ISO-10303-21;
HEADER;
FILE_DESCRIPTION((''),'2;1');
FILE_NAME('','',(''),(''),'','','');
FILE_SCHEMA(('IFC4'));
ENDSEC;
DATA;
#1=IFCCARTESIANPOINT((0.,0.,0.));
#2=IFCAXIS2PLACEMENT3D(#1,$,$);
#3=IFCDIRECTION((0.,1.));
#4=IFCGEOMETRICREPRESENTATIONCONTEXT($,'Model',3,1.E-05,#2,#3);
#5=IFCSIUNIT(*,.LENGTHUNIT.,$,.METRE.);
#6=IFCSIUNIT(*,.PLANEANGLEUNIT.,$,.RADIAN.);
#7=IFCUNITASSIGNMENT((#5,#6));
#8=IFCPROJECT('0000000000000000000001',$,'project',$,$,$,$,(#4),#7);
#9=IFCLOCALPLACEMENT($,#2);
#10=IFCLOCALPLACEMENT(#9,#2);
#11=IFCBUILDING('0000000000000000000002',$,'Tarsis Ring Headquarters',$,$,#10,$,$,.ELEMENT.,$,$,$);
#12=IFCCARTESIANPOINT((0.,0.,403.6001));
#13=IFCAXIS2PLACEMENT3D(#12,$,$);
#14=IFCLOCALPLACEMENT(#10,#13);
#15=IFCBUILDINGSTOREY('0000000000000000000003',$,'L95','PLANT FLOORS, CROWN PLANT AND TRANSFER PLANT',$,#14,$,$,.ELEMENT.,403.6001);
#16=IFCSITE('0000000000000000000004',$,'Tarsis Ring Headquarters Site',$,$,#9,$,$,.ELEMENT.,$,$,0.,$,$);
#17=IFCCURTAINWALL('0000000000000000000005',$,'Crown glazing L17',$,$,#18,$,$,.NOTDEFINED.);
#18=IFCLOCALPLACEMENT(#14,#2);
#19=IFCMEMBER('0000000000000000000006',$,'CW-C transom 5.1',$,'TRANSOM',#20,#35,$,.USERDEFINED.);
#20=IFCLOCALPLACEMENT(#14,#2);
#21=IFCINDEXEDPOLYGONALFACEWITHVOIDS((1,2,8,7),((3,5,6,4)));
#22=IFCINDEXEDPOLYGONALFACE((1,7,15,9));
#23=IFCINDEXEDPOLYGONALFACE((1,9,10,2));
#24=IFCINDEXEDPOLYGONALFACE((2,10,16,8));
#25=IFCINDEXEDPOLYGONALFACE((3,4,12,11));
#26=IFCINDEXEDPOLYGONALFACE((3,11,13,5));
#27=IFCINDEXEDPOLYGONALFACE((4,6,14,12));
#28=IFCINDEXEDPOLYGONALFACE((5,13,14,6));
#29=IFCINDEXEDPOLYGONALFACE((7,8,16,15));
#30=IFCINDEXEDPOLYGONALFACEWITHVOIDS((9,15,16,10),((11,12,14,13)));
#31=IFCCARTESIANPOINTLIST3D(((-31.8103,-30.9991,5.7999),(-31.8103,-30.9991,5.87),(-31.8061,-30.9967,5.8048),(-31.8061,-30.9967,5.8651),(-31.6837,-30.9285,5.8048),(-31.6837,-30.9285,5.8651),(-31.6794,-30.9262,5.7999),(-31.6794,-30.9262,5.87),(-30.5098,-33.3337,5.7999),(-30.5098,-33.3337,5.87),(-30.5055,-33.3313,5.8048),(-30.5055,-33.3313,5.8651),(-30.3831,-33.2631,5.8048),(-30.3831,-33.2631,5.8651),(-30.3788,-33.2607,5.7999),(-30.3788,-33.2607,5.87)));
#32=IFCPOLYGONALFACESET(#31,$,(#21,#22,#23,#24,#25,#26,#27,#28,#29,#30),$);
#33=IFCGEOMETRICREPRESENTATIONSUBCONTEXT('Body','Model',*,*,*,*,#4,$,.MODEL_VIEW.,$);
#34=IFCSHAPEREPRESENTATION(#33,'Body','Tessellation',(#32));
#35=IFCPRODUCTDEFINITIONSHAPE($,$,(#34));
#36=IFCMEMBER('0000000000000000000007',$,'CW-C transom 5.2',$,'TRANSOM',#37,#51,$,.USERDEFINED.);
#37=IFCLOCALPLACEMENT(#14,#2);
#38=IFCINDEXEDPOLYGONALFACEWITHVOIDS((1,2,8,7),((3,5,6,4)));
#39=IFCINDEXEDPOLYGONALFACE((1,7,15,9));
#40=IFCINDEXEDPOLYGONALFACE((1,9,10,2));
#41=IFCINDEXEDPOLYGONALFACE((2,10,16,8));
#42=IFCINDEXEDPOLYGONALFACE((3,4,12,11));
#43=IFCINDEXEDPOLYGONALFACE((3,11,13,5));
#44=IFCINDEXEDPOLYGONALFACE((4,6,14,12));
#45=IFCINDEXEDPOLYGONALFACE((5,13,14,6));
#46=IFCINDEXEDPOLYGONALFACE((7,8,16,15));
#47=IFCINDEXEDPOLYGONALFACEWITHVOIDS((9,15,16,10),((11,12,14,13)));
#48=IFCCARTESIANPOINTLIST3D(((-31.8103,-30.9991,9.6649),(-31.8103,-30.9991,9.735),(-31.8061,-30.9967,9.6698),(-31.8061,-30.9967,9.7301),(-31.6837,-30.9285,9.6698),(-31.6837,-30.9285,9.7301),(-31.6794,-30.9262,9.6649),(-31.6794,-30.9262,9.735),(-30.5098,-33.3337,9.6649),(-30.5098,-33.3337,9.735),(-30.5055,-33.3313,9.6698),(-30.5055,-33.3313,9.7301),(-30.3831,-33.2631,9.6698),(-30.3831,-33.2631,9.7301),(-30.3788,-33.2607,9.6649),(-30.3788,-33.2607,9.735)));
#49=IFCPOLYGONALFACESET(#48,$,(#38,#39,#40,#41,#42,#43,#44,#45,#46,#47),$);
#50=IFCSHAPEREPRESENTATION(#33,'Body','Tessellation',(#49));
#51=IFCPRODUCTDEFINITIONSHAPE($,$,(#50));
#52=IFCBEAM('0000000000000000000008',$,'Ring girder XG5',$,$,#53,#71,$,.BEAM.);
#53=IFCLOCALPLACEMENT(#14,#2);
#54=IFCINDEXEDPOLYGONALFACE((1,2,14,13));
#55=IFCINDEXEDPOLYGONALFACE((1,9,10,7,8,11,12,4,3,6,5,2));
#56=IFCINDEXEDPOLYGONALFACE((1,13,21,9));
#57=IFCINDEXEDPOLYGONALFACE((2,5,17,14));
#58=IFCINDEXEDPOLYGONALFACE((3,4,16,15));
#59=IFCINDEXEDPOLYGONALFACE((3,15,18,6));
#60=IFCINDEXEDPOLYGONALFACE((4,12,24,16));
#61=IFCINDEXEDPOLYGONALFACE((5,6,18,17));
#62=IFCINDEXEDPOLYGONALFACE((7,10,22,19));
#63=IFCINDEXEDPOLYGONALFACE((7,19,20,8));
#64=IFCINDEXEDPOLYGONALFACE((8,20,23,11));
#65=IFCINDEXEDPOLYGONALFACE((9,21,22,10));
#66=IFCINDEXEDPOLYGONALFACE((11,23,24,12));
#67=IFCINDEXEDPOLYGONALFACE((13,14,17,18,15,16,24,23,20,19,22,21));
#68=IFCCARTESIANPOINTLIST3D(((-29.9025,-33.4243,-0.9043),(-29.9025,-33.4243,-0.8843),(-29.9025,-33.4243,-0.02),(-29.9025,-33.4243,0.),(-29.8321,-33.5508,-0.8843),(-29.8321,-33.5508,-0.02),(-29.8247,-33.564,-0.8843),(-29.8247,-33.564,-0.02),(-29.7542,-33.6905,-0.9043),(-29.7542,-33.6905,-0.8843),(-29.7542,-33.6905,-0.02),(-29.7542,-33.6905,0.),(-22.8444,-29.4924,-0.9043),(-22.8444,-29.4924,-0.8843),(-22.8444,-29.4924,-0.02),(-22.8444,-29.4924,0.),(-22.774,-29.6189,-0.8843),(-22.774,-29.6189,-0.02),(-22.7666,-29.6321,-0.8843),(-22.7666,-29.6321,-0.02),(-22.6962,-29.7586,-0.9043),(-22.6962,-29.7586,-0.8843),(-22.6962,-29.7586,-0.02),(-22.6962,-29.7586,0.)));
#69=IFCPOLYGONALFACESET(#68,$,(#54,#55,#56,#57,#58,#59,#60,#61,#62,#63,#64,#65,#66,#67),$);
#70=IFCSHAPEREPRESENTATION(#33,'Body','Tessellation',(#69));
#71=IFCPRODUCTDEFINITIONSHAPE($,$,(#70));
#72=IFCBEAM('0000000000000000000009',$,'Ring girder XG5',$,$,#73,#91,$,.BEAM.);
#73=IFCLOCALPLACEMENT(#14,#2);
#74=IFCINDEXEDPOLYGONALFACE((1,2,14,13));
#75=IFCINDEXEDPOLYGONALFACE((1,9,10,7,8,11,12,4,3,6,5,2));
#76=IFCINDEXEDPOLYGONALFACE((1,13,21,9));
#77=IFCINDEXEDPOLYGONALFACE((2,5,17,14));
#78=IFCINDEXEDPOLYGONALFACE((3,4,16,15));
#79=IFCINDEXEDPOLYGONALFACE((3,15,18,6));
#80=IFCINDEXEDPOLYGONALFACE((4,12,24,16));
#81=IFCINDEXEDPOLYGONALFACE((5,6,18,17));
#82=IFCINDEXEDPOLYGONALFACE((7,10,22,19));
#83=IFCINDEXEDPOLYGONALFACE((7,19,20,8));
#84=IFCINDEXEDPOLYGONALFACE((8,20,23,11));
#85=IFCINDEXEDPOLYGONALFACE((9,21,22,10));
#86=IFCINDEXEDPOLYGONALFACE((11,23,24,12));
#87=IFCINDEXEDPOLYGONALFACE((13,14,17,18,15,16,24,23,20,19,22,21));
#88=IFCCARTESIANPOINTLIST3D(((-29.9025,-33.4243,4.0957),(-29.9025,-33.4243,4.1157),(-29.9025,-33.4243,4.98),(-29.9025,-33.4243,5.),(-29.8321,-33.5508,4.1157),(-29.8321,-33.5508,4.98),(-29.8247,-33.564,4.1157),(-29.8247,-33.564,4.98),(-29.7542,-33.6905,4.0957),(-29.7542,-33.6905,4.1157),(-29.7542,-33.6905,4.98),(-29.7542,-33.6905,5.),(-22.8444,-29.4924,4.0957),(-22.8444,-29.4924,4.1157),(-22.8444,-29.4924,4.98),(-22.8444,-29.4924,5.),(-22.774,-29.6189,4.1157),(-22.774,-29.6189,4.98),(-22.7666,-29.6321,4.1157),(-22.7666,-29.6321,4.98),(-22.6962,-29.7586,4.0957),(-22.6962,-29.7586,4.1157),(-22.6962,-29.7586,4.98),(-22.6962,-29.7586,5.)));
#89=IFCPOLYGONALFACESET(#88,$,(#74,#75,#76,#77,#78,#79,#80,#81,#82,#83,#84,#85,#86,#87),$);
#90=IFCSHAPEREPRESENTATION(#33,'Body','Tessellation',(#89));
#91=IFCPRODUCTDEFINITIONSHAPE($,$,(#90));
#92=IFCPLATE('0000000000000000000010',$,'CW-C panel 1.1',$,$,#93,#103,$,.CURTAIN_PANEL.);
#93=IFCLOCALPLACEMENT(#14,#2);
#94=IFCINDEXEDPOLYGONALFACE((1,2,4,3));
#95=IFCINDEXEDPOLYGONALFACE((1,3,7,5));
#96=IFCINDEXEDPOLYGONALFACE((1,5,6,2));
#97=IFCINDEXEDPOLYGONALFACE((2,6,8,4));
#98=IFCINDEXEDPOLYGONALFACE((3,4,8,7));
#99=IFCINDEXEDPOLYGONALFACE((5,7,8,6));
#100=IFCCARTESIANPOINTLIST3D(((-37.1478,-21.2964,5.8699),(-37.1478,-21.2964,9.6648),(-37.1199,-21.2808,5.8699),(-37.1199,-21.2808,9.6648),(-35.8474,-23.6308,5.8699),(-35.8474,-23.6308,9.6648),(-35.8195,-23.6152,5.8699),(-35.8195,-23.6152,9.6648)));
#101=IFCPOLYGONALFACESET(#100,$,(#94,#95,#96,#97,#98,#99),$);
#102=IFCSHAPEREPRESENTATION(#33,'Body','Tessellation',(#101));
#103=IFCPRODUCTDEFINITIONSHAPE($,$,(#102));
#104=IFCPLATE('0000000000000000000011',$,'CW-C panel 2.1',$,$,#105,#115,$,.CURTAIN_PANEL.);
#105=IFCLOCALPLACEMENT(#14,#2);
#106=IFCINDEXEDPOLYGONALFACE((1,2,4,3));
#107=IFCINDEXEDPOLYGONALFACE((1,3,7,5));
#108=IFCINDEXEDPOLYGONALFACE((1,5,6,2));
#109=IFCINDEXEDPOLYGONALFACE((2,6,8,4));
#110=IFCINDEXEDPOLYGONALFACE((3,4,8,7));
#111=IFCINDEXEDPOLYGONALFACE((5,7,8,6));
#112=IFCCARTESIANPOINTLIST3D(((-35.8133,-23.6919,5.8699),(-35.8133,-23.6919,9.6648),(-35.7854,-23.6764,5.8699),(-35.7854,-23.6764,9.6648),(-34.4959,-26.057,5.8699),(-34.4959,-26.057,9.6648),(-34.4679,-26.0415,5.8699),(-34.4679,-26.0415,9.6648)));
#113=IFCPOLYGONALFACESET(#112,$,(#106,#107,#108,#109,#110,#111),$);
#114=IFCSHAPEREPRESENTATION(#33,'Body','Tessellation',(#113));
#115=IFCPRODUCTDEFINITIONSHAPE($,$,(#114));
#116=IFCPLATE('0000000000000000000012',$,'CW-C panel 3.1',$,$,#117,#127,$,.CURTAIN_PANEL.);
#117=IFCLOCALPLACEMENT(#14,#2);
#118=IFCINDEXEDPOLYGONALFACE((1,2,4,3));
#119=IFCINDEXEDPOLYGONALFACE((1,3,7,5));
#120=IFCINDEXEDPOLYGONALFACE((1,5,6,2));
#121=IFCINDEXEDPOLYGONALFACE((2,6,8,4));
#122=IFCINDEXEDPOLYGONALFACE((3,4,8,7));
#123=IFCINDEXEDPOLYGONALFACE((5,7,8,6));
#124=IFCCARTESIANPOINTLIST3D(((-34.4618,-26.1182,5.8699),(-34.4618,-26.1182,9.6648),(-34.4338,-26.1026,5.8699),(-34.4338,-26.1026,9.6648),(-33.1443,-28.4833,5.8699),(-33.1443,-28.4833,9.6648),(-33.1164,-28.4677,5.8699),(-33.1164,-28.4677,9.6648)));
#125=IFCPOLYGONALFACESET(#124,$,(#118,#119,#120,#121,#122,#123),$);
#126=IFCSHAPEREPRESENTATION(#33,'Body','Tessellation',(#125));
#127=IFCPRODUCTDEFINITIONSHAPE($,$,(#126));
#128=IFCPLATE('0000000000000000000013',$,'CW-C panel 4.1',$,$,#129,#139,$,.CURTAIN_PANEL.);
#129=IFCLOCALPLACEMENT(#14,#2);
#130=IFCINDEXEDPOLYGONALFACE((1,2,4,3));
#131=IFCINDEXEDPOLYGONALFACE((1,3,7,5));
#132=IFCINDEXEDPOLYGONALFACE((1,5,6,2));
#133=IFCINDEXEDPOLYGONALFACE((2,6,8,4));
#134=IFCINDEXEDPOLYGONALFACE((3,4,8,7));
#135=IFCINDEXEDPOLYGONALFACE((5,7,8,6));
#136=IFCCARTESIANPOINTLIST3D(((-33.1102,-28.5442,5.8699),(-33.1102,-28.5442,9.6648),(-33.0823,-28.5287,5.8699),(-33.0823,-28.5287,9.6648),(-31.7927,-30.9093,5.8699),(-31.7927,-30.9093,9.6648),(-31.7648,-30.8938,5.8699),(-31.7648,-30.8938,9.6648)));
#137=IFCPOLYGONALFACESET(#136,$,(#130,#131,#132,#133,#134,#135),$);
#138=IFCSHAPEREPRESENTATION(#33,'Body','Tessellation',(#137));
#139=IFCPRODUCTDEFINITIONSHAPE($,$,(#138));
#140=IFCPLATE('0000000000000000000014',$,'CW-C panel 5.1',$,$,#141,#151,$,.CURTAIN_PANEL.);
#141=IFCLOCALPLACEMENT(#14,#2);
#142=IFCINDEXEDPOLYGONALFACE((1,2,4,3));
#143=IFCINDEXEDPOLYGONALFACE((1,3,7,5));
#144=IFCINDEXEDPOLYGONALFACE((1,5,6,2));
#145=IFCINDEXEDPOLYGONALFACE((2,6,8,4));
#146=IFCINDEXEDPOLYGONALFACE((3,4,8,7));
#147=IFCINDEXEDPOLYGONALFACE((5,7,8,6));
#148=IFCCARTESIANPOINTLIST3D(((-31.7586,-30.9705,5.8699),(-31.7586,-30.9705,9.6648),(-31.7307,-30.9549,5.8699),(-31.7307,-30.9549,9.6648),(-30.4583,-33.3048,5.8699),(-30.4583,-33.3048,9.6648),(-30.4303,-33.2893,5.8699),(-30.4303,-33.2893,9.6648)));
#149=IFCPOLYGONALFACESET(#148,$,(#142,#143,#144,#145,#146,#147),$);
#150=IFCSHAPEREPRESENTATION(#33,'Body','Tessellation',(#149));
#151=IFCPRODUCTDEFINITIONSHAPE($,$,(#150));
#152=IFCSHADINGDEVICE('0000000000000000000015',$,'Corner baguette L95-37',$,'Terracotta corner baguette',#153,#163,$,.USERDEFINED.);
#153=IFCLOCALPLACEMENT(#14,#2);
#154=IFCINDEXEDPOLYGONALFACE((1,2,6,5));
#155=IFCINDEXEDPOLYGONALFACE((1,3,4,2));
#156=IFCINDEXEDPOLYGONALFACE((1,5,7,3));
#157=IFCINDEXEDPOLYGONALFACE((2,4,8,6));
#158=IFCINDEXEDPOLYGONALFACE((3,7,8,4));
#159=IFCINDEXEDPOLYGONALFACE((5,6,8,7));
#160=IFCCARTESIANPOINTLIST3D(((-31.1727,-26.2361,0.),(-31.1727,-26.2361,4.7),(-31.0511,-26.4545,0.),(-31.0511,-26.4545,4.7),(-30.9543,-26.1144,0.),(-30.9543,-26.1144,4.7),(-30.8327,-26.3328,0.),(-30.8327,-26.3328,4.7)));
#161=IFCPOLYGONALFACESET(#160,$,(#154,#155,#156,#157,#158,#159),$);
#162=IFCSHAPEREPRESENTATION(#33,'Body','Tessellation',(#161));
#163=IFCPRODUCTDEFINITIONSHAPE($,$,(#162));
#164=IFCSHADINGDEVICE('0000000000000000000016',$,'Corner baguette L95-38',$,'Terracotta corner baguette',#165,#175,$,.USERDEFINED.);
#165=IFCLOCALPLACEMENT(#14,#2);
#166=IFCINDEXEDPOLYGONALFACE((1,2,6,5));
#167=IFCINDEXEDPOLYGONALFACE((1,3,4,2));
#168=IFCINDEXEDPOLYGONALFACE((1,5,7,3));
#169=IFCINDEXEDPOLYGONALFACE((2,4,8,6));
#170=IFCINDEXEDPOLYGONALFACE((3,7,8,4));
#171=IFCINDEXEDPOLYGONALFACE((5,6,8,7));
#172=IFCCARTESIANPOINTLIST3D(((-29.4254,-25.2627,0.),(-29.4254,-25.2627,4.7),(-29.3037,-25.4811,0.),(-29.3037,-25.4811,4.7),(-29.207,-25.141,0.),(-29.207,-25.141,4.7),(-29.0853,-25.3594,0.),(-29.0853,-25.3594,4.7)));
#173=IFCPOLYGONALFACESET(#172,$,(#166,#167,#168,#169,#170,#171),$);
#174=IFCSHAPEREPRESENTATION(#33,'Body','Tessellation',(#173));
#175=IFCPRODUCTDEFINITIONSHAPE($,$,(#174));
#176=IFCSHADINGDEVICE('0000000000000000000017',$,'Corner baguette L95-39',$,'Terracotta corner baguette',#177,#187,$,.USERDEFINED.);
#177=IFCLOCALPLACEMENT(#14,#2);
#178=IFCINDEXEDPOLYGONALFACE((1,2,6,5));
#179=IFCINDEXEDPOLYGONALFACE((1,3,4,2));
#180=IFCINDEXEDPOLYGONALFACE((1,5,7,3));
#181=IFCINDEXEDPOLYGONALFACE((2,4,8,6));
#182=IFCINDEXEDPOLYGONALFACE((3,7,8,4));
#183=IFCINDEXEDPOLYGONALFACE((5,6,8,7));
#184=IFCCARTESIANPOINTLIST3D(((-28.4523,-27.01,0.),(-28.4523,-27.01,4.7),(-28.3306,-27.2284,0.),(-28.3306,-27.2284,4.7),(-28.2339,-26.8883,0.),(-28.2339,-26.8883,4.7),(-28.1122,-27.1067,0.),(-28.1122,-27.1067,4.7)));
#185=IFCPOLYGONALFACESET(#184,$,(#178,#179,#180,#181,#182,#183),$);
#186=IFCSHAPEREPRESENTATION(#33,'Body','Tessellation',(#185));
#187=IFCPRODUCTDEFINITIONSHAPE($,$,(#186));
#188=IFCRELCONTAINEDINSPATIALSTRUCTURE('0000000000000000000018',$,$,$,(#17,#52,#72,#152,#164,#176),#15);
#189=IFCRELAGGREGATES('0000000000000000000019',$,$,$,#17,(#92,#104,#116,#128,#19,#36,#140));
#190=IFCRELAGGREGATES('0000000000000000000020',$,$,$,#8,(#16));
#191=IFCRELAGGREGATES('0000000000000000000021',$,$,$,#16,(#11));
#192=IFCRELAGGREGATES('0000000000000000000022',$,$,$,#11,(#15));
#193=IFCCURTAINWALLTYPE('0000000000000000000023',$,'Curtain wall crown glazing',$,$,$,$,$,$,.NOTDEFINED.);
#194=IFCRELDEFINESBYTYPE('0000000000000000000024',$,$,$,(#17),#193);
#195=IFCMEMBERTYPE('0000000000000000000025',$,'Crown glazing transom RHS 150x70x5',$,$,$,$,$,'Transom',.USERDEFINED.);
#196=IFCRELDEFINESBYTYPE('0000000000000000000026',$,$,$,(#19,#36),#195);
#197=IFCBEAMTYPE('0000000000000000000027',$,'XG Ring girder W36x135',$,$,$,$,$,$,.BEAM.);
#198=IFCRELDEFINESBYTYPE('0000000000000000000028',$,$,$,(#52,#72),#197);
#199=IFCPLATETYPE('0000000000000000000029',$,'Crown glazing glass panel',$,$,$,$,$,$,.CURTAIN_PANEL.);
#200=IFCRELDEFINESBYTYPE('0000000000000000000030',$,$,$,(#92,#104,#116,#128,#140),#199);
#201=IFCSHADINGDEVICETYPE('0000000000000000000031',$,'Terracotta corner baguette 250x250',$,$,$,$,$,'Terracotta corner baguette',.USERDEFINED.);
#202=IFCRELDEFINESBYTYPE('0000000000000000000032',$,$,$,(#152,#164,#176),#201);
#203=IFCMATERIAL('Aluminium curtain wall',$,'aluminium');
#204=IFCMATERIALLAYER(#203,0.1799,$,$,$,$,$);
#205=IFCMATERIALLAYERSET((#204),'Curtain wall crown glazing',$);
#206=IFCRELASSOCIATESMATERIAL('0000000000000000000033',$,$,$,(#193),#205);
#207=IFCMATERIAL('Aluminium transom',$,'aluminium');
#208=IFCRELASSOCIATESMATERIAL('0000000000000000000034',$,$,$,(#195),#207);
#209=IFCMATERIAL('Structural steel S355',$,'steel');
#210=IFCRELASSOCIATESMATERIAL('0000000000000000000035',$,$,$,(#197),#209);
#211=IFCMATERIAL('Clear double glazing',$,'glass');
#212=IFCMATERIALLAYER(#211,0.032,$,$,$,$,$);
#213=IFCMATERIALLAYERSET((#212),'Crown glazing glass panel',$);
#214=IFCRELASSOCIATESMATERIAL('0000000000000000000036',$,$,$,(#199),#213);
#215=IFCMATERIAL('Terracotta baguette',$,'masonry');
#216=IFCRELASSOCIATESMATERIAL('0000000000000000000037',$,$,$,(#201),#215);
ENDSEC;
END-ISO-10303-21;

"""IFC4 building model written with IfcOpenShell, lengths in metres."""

from ifc_helpers import new_model, si_unit, direction, frame, origin, origin_2d, place, context, subcontext, project, spatial, rectangle, hollow_rectangle, i_section, extrude, material, layer, layer_set, material_profile, profile_set, type_object, element, aggregate, save


model = new_model("IFC4")

# Units and contexts
model_context = context("Model", 3, precision=1e-05, world=origin(), true_north=direction((0.0, 1.0)))
body_context = subcontext(model_context, "Body", "Model", "MODEL_VIEW")
ifc_project = project(units=[si_unit("LENGTHUNIT", "METRE"), si_unit("PLANEANGLEUNIT", "RADIAN")], contexts=[model_context])

# Site, building, storey
site_placement = place(None, origin())
site = spatial("IfcSite", under=ifc_project, at=site_placement, Name="Tarsis Ring Headquarters Site", CompositionType="ELEMENT", RefElevation=0.0)
building_placement = place(site_placement, origin())
building = spatial("IfcBuilding", under=site, at=building_placement, Name="Tarsis Ring Headquarters", CompositionType="ELEMENT")
storey_placement = place(building_placement, frame((0.0, 0.0, 403.6001)))
storey = spatial("IfcBuildingStorey", under=building, at=storey_placement, Name="L95", Description="PLANT FLOORS, CROWN PLANT AND TRANSFER PLANT", CompositionType="ELEMENT", Elevation=403.6001)

# Shared definitions
ifc_material_1 = material(Name="Structural steel S355", Category="steel")

# Curtain wall, members
ifc_material_2 = material(Name="Aluminium curtain wall", Category="aluminium")
ifc_layer_1 = layer(ifc_material_2, 0.1799)
ifc_layer_set_1 = layer_set([ifc_layer_1], Name="Curtain wall crown glazing")
curtain_wall_type = type_object("IfcCurtainWallType", Name="Curtain wall crown glazing", PredefinedType="NOTDEFINED", material=ifc_layer_set_1)
curtain_wall_placement = place(storey_placement, origin())
curtain_wall = element("IfcCurtainWall", 1, at=curtain_wall_placement, inside=storey, type_object=curtain_wall_type, Name="Crown glazing L17", PredefinedType="NOTDEFINED")
ifc_material_3 = material(Name="Aluminium transom", Category="aluminium")
ifc_material_profile_1 = material_profile(ifc_material_3, hollow_rectangle(XDim=0.1499, YDim=0.0701, WallThickness=0.0049, at=origin_2d()), Name="RHS 150x70x5")
ifc_profile_set_1 = profile_set([ifc_material_profile_1], Name="Aluminium transom")
member_type_1 = type_object("IfcMemberType", Name="Crown glazing transom RHS 150x70x5", ElementType="Transom", PredefinedType="USERDEFINED", material=ifc_profile_set_1)
member_1_placement = place(storey_placement, frame((-31.7449, -30.9626, 5.835), z_axis=(0.486674, -0.873584, 0.0), x_axis=(0.873584, 0.486674, 0.0)))
member_1 = element("IfcMember", 2, at=member_1_placement, type_object=member_type_1, Name="CW-C transom 5.1", ObjectType="TRANSOM", PredefinedType="USERDEFINED", context=body_context, shape_type="SweptSolid", body=[
    extrude(hollow_rectangle(XDim=0.1499, YDim=0.0701, WallThickness=0.0049, at=origin_2d()), origin(), (0.0, 0.0, 1.0), 2.6724),
])
member_2_placement = place(storey_placement, frame((-31.7449, -30.9626, 9.7), z_axis=(0.486674, -0.873584, 0.0), x_axis=(0.873584, 0.486674, 0.0)))
member_2 = element("IfcMember", 3, at=member_2_placement, type_object=member_type_1, Name="CW-C transom 5.2", ObjectType="TRANSOM", PredefinedType="USERDEFINED", context=body_context, shape_type="SweptSolid", body=[
    extrude(hollow_rectangle(XDim=0.1499, YDim=0.0701, WallThickness=0.0049, at=origin_2d()), origin(), (0.0, 0.0, 1.0), 2.6724),
])

# Beams
ifc_material_profile_2 = material_profile(ifc_material_1, i_section(OverallWidth=0.3047, OverallDepth=0.9043, WebThickness=0.0151, FlangeThickness=0.02, at=origin_2d()), Name="W36x135")
ifc_profile_set_2 = profile_set([ifc_material_profile_2], Name="Structural steel S355")
beam_type_1 = type_object("IfcBeamType", Name="XG Ring girder W36x135", PredefinedType="BEAM", material=ifc_profile_set_2)
for number, where, z_axis, x_axis, name in (
    (4, (-29.8284, -33.5574, -0.4521), (0.873594, 0.486656, 0.0), (-0.486656, 0.873594, 0.0), "Ring girder XG5"),
    (5, (-29.8284, -33.5574, 4.5479), (0.873594, 0.486656, 0.0), (-0.486656, 0.873594, 0.0), "Ring girder XG5"),
):
    element("IfcBeam", number, at=place(storey_placement, frame(where, z_axis=z_axis, x_axis=x_axis)), inside=storey, type_object=beam_type_1, Name=name, PredefinedType="BEAM", context=body_context, shape_type="SweptSolid", body=[
        extrude(i_section(OverallWidth=0.3047, OverallDepth=0.9043, WebThickness=0.0151, FlangeThickness=0.02, at=origin_2d()), origin(), (0.0, 0.0, 1.0), 8.0793),
    ])

# Plates
ifc_material_4 = material(Name="Clear double glazing", Category="glass")
ifc_layer_2 = layer(ifc_material_4, 0.032)
ifc_layer_set_2 = layer_set([ifc_layer_2], Name="Crown glazing glass panel")
plate_type = type_object("IfcPlateType", Name="Crown glazing glass panel", PredefinedType="CURTAIN_PANEL", material=ifc_layer_set_2)
plate_1_placement = place(storey_placement, frame((-36.4836, -22.4558, 5.8699), z_axis=(0.0, 0.0, 1.0), x_axis=(0.48664, -0.873602, 0.0)))
plate_1 = element("IfcPlate", 6, at=plate_1_placement, type_object=plate_type, Name="CW-C panel 1.1", PredefinedType="CURTAIN_PANEL", context=body_context, shape_type="SweptSolid", body=[
    extrude(rectangle(XDim=2.6721, YDim=0.032, at=origin_2d()), origin(), (0.0, 0.0, 1.0), 3.7949),
])
plate_2_placement = place(storey_placement, frame((-35.1406, -24.8667, 5.8699), z_axis=(0.0, 0.0, 1.0), x_axis=(0.48664, -0.873602, 0.0)))
plate_2 = element("IfcPlate", 7, at=plate_2_placement, type_object=plate_type, Name="CW-C panel 2.1", PredefinedType="CURTAIN_PANEL", context=body_context, shape_type="SweptSolid", body=[
    extrude(rectangle(XDim=2.7073, YDim=0.032, at=origin_2d()), origin(), (0.0, 0.0, 1.0), 3.7949),
])
plate_3_placement = place(storey_placement, frame((-33.7891, -27.293, 5.8699), z_axis=(0.0, 0.0, 1.0), x_axis=(0.48664, -0.873602, 0.0)))
plate_3 = element("IfcPlate", 8, at=plate_3_placement, type_object=plate_type, Name="CW-C panel 3.1", PredefinedType="CURTAIN_PANEL", context=body_context, shape_type="SweptSolid", body=[
    extrude(rectangle(XDim=2.7073, YDim=0.032, at=origin_2d()), origin(), (0.0, 0.0, 1.0), 3.7949),
])
plate_4_placement = place(storey_placement, frame((-32.4375, -29.719, 5.8699), z_axis=(0.0, 0.0, 1.0), x_axis=(0.48664, -0.873602, 0.0)))
plate_4 = element("IfcPlate", 9, at=plate_4_placement, type_object=plate_type, Name="CW-C panel 4.1", PredefinedType="CURTAIN_PANEL", context=body_context, shape_type="SweptSolid", body=[
    extrude(rectangle(XDim=2.7073, YDim=0.032, at=origin_2d()), origin(), (0.0, 0.0, 1.0), 3.7949),
])
plate_5_placement = place(storey_placement, frame((-31.0945, -32.1299, 5.8699), z_axis=(0.0, 0.0, 1.0), x_axis=(0.48664, -0.873602, 0.0)))
plate_5 = element("IfcPlate", 10, at=plate_5_placement, type_object=plate_type, Name="CW-C panel 5.1", PredefinedType="CURTAIN_PANEL", context=body_context, shape_type="SweptSolid", body=[
    extrude(rectangle(XDim=2.6721, YDim=0.032, at=origin_2d()), origin(), (0.0, 0.0, 1.0), 3.7949),
])
aggregate(curtain_wall, [plate_1, plate_2, plate_3, plate_4, member_1, member_2, plate_5])

# Shading devices
ifc_material_5 = material(Name="Terracotta baguette", Category="masonry")
shading_device_type_1 = type_object("IfcShadingDeviceType", Name="Terracotta corner baguette 250x250", ElementType="Terracotta corner baguette", PredefinedType="USERDEFINED", material=ifc_material_5)
for number, where, z_axis, x_axis, name in (
    (11, (-31.0027, -26.2844, 0.0), (0.0, 0.0, 1.0), (0.48664, -0.873602, 0.0), "Corner baguette L95-37"),
    (12, (-29.2554, -25.311, 0.0), (0.0, 0.0, 1.0), (0.873602, 0.48664, 0.0), "Corner baguette L95-38"),
    (13, (-28.2822, -27.0583, 0.0), (0.0, 0.0, 1.0), (0.48664, -0.873602, 0.0), "Corner baguette L95-39"),
):
    element("IfcShadingDevice", number, at=place(storey_placement, frame(where, z_axis=z_axis, x_axis=x_axis)), inside=storey, type_object=shading_device_type_1, Name=name, ObjectType="Terracotta corner baguette", PredefinedType="USERDEFINED", context=body_context, shape_type="SweptSolid", body=[
        extrude(rectangle(XDim=0.25, YDim=0.25, at=origin_2d()), origin(), (0.0, 0.0, 1.0), 4.7),
    ])

save(model, "model.ifc")
